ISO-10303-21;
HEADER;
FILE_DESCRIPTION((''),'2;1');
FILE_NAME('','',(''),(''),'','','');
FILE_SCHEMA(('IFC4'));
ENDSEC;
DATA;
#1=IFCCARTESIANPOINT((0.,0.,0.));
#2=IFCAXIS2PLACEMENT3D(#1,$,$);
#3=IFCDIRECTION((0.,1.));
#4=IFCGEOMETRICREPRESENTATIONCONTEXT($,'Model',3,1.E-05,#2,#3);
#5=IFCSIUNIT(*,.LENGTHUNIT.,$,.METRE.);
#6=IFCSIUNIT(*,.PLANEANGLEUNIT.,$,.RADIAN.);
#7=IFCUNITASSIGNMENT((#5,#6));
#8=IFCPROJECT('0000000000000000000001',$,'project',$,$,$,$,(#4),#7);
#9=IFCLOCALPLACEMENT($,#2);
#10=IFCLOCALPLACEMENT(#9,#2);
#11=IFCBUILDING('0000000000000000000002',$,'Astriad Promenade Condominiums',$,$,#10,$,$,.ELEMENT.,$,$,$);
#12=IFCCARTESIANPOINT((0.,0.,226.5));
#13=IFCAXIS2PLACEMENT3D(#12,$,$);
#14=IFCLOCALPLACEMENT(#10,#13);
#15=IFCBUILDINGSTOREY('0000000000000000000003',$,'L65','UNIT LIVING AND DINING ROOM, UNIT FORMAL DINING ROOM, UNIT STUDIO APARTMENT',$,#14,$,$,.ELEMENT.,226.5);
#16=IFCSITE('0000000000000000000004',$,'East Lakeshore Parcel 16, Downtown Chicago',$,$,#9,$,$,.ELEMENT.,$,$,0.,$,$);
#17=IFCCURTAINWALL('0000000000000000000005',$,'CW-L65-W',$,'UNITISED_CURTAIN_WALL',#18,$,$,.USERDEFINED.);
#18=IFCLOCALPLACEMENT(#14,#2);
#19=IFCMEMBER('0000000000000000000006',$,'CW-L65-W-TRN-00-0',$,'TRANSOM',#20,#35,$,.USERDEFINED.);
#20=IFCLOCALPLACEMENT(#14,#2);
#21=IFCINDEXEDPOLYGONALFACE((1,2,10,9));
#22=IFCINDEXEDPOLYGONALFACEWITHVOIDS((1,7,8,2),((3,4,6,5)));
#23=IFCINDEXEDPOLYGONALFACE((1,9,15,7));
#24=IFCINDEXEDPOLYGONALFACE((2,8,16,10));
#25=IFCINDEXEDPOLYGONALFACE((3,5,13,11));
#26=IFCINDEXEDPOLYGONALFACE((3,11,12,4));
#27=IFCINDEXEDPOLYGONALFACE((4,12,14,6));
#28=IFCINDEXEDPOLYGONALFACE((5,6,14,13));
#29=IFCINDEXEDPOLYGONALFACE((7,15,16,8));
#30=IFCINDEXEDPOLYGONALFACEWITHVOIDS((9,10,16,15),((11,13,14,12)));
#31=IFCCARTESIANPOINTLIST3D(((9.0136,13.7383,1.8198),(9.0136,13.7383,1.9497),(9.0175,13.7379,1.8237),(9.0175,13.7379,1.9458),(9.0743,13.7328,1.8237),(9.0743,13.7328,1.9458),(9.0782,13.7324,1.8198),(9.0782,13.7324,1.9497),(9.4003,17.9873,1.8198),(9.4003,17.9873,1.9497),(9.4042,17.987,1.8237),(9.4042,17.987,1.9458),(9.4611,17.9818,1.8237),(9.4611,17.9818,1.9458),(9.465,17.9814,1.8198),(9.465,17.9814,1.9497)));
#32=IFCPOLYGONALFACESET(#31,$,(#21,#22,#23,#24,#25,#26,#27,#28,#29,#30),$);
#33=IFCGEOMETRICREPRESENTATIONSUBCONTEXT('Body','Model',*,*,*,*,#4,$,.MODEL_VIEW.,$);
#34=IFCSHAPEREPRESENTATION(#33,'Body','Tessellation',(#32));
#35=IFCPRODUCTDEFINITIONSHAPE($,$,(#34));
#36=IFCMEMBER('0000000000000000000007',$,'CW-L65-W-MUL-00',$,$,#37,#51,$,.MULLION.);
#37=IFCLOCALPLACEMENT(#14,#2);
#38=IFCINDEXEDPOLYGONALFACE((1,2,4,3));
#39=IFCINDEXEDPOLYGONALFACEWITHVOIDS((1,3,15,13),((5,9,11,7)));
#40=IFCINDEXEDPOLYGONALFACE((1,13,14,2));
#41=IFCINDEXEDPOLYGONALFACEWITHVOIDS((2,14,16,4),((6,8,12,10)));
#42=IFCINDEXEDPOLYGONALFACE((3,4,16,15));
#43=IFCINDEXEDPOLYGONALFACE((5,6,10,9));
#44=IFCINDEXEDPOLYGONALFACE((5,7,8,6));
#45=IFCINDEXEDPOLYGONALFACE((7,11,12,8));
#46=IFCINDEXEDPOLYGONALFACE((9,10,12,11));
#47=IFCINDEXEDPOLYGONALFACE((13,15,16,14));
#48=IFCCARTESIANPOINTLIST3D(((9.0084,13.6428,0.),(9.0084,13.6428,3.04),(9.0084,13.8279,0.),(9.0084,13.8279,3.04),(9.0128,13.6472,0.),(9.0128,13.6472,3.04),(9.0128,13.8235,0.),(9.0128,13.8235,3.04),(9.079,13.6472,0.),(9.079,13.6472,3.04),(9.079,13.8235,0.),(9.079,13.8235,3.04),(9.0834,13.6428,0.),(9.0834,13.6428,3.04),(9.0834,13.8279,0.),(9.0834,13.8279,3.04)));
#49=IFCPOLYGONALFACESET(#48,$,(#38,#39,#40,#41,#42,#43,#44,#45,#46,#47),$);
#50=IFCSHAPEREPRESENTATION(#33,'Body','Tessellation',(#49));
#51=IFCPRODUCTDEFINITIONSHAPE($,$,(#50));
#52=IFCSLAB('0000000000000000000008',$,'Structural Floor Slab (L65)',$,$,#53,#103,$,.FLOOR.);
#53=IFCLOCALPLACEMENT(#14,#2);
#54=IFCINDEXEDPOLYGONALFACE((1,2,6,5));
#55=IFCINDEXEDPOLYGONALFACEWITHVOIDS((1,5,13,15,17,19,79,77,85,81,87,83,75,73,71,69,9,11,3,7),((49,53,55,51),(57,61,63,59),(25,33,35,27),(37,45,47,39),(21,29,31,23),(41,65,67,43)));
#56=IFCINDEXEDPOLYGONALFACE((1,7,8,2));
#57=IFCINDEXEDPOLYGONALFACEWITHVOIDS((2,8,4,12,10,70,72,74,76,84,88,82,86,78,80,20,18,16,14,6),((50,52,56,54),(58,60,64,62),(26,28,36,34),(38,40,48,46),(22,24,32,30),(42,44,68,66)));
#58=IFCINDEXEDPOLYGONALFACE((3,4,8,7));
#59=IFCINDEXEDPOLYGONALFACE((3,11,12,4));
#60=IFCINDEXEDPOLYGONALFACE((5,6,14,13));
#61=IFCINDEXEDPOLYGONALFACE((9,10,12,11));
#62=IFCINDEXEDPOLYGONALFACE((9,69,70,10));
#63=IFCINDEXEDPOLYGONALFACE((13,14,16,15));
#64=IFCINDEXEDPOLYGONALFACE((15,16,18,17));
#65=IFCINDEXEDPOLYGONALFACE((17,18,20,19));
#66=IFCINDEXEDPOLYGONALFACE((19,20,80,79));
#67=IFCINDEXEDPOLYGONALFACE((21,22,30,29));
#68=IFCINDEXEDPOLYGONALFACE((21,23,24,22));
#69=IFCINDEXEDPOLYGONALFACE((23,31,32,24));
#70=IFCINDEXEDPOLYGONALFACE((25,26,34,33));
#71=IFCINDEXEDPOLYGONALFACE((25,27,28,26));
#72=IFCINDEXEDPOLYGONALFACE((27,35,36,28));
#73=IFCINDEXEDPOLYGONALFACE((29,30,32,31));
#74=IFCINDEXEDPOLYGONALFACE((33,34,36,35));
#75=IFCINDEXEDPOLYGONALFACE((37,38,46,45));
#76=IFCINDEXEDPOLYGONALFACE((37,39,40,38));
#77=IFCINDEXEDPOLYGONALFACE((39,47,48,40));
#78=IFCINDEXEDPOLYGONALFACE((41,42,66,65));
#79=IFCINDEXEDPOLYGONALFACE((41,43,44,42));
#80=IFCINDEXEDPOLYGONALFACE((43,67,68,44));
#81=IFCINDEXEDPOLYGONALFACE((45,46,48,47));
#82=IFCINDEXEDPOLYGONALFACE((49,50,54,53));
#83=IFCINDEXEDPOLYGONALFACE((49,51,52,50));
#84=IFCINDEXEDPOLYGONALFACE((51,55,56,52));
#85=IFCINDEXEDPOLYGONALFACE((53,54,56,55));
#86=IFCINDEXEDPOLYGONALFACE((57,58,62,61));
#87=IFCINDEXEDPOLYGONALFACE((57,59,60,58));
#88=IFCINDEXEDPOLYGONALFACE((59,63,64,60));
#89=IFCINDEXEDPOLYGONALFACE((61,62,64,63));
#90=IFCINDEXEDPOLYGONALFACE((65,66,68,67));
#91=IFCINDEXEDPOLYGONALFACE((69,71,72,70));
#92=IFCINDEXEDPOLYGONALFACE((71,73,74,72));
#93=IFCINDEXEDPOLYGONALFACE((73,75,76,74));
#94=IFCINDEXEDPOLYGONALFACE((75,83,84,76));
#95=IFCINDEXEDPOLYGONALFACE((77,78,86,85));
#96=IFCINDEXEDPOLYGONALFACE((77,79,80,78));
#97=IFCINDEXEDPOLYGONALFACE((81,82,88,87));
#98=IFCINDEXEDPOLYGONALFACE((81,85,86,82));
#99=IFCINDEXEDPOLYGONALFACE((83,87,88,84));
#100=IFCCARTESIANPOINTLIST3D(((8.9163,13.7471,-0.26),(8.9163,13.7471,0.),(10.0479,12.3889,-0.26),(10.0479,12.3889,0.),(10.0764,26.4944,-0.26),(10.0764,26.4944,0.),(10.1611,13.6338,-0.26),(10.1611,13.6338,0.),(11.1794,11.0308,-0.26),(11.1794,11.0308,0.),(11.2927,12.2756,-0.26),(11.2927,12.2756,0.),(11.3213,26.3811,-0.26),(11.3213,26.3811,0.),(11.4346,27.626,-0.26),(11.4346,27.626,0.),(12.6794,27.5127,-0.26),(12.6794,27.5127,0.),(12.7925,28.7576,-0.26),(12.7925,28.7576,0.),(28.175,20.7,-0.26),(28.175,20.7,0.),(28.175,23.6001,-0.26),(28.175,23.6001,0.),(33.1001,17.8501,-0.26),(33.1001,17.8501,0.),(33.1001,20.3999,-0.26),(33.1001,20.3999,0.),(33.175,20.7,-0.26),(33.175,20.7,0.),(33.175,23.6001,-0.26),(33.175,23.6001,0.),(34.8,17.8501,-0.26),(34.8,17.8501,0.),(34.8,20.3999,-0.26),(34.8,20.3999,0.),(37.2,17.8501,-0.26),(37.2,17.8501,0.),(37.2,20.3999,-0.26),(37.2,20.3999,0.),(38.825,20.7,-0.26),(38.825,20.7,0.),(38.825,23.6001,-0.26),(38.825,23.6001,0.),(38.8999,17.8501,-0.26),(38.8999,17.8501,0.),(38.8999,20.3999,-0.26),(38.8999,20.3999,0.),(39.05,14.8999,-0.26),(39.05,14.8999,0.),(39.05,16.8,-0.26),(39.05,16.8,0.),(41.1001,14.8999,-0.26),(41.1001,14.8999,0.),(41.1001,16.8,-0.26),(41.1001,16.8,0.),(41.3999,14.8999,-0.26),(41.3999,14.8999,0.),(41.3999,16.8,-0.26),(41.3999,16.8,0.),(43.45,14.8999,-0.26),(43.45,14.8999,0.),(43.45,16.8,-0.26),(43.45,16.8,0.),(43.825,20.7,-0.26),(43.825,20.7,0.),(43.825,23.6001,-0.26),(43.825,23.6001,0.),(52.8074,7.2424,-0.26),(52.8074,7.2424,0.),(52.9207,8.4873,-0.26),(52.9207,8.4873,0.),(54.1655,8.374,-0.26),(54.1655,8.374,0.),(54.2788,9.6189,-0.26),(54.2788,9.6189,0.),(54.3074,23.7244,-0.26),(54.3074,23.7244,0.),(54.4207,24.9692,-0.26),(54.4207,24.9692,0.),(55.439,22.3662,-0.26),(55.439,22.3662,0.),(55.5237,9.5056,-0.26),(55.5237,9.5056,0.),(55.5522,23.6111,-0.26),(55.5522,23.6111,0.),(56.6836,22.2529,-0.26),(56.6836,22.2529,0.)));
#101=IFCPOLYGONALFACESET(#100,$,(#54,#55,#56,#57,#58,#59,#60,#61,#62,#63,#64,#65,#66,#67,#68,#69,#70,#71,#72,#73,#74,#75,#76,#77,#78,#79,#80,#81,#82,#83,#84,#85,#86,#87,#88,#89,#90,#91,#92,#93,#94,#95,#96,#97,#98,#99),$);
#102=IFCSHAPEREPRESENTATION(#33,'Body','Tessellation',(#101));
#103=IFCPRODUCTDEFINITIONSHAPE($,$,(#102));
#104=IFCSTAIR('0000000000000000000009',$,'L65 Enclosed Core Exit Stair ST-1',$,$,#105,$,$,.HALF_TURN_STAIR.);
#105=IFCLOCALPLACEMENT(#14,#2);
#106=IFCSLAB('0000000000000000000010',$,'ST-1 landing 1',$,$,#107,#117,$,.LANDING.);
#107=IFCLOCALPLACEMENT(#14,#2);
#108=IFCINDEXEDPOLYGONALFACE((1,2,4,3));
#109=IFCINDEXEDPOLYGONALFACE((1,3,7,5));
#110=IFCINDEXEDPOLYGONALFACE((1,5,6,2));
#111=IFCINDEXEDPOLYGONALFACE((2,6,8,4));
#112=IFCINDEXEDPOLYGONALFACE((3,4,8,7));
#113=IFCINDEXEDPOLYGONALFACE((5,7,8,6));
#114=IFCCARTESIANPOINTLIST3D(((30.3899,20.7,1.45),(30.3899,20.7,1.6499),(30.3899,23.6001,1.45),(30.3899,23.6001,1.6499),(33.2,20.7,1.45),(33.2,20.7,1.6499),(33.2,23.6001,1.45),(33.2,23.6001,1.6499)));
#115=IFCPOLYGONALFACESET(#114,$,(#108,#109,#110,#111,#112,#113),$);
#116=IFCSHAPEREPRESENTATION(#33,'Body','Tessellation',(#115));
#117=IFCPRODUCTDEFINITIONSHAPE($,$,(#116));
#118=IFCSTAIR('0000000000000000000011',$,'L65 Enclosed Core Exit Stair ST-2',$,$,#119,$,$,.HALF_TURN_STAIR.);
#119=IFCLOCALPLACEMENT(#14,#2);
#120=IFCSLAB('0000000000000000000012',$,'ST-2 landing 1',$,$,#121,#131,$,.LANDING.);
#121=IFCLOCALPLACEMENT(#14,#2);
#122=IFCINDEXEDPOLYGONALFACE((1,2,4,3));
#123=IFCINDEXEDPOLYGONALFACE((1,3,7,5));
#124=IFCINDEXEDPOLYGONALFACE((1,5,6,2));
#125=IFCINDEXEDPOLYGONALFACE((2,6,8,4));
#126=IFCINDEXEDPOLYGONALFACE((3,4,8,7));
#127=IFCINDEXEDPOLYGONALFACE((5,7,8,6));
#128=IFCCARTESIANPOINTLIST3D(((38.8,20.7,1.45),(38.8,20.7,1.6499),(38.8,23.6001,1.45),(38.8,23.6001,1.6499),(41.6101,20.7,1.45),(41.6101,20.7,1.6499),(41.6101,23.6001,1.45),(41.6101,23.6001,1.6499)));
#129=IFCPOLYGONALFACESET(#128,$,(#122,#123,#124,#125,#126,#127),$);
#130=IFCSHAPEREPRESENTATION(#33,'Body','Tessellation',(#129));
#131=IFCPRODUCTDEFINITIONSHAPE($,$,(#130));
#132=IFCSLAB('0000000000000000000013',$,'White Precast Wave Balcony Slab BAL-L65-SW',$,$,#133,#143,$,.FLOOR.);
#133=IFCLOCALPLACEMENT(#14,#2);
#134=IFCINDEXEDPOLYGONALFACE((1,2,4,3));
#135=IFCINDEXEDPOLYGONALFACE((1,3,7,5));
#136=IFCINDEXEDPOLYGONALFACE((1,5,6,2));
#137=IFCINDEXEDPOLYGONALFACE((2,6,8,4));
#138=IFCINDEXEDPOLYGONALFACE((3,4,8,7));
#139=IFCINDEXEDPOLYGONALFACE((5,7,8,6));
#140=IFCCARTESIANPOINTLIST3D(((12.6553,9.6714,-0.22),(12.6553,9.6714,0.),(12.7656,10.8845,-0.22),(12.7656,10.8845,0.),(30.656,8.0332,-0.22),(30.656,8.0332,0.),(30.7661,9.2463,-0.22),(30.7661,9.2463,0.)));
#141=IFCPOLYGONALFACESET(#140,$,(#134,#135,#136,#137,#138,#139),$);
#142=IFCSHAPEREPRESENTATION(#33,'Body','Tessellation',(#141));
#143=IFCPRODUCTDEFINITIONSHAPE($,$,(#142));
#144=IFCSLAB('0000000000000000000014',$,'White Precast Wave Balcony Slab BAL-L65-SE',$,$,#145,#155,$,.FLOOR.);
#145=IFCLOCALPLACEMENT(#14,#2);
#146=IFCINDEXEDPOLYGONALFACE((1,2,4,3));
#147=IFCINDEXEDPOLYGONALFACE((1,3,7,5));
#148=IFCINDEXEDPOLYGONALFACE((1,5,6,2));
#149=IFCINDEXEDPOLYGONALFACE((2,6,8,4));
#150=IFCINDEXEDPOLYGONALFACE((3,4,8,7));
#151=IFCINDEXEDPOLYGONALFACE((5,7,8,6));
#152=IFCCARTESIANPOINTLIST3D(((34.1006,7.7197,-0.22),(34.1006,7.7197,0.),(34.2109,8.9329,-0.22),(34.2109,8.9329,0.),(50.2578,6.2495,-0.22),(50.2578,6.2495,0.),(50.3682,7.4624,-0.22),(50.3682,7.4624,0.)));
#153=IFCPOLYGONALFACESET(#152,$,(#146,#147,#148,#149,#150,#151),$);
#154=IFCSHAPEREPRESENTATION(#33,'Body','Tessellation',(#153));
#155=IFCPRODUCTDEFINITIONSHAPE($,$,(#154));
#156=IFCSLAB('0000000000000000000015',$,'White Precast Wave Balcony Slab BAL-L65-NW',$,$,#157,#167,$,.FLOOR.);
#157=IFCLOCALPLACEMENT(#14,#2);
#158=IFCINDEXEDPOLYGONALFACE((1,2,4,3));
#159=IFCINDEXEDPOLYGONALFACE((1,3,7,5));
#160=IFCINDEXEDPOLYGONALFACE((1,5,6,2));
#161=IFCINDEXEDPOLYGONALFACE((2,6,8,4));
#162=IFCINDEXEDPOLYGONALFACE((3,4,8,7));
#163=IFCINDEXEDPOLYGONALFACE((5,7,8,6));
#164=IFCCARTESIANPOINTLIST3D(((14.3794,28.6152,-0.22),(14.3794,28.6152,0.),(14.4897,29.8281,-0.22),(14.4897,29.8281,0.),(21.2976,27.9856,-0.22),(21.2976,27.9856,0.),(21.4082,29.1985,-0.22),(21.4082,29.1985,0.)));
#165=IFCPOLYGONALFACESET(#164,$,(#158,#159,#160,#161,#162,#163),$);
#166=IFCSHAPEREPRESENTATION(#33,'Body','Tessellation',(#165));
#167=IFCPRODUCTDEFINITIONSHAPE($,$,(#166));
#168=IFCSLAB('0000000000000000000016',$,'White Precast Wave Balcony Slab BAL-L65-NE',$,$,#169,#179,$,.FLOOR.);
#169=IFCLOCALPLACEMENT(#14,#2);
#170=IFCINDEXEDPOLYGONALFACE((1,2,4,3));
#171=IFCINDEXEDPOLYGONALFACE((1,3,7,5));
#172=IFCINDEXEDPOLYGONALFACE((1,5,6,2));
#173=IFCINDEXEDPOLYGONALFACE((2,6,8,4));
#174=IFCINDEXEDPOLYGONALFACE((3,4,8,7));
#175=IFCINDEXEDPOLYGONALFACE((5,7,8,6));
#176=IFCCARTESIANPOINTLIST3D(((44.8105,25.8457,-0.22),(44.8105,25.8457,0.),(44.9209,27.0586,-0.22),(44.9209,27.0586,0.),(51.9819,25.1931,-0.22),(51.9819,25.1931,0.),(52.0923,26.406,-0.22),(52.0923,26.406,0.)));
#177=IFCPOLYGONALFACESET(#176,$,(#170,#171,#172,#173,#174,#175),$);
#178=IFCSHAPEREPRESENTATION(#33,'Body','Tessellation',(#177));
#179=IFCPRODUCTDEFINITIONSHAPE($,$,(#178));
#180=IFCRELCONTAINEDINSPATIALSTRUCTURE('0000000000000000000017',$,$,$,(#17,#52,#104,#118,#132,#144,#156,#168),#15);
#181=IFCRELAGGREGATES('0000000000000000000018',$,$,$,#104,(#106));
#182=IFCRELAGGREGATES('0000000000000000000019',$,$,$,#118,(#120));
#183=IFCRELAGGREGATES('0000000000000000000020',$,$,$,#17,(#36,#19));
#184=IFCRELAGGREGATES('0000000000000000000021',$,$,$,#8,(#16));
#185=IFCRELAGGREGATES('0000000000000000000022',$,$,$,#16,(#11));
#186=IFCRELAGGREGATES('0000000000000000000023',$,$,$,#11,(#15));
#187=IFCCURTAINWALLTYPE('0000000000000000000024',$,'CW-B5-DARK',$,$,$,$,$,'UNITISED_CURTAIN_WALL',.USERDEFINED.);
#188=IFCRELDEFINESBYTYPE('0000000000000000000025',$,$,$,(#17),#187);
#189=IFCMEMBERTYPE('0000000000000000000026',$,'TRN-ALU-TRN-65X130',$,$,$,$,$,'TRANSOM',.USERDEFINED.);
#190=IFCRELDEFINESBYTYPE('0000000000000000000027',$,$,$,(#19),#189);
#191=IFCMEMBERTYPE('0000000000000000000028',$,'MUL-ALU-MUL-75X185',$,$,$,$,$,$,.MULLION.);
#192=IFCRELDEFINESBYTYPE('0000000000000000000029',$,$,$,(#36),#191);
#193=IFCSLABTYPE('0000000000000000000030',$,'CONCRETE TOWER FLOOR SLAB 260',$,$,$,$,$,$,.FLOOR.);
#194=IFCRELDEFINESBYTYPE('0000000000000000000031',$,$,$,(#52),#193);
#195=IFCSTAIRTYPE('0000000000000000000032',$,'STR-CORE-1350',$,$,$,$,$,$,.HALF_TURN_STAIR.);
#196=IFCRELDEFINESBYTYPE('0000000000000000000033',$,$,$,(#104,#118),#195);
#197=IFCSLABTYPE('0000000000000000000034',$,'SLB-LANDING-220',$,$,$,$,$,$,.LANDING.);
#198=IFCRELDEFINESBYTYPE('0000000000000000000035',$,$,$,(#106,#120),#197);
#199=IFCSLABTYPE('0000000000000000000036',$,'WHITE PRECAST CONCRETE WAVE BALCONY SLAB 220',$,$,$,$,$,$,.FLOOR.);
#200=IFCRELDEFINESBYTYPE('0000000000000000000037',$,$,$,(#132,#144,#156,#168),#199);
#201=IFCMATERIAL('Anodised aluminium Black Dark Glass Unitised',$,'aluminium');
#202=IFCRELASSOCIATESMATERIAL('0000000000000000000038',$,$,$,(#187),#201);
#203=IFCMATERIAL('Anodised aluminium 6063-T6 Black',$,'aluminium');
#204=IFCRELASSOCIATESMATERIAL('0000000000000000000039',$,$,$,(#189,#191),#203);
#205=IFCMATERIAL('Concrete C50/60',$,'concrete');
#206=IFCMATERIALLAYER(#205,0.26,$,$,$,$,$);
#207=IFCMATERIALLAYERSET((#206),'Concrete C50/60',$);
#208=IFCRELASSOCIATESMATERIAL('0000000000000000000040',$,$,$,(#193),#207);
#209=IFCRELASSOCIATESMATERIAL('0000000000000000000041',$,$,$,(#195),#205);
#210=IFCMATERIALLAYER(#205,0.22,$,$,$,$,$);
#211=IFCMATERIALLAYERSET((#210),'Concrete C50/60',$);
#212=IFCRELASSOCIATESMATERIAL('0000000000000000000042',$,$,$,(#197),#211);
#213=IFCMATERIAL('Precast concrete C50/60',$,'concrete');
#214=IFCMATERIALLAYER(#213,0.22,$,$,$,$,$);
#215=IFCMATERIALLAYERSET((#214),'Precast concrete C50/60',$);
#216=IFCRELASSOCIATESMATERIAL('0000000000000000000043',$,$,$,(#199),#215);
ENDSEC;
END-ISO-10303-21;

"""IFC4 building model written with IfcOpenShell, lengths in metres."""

from ifc_helpers import new_model, si_unit, direction, frame, origin, origin_2d, place, context, subcontext, project, spatial, polyline, hollow_rectangle, outline, extrude, source, transform, mapped, material, layer, layer_set, material_profile, profile_set, type_object, type_shapes, element, aggregate, save


model = new_model("IFC4")

# Units and contexts
model_context = context("Model", 3, precision=1e-05, world=origin(), true_north=direction((0.0, 1.0)))
body_context = subcontext(model_context, "Body", "Model", "MODEL_VIEW")
ifc_project = project(units=[si_unit("LENGTHUNIT", "METRE"), si_unit("PLANEANGLEUNIT", "RADIAN")], contexts=[model_context])

# Site, building, storey
site_placement = place(None, origin())
site = spatial("IfcSite", under=ifc_project, at=site_placement, Name="East Lakeshore Parcel 16, Downtown Chicago", CompositionType="ELEMENT", RefElevation=0.0)
building_placement = place(site_placement, origin())
building = spatial("IfcBuilding", under=site, at=building_placement, Name="Astriad Promenade Condominiums", CompositionType="ELEMENT")
storey_placement = place(building_placement, frame((0.0, 0.0, 226.5)))
storey = spatial("IfcBuildingStorey", under=building, at=storey_placement, Name="L65", Description="UNIT LIVING AND DINING ROOM, UNIT FORMAL DINING ROOM, UNIT STUDIO APARTMENT", CompositionType="ELEMENT", Elevation=226.5)

# Curtain wall, members
ifc_material_1 = material(Name="Anodised aluminium Black Dark Glass Unitised", Category="aluminium")
curtain_wall_type = type_object("IfcCurtainWallType", Name="CW-B5-DARK", ElementType="UNITISED_CURTAIN_WALL", PredefinedType="USERDEFINED", material=ifc_material_1)
curtain_wall_placement = place(storey_placement, origin())
curtain_wall = element("IfcCurtainWall", 1, at=curtain_wall_placement, inside=storey, type_object=curtain_wall_type, Name="CW-L65-W", ObjectType="UNITISED_CURTAIN_WALL", PredefinedType="USERDEFINED")
ifc_material_2 = material(Name="Anodised aluminium 6063-T6 Black", Category="aluminium")
ifc_material_profile_1 = material_profile(ifc_material_2, hollow_rectangle(XDim=0.0649, YDim=0.1299, WallThickness=0.0039, at=origin_2d()), Name="ALU-TRN-65X130")
ifc_profile_set_1 = profile_set([ifc_material_profile_1], Name="Anodised aluminium 6063-T6 Black")
member_type_1 = type_object("IfcMemberType", Name="TRN-ALU-TRN-65X130", ElementType="TRANSOM", PredefinedType="USERDEFINED", material=ifc_profile_set_1)
shared_shape_1 = source(origin(), body_context, "Body", "SweptSolid", [
    extrude(hollow_rectangle(XDim=0.0649, YDim=0.1299, WallThickness=0.0039, at=origin_2d()), origin(), (0.0, 0.0, 1.0), 4.2666),
])
type_shapes(member_type_1, [shared_shape_1])
member_1_placement = place(storey_placement, frame((9.0459, 13.7354, 1.8848), z_axis=(0.090639, 0.995884, 0.0), x_axis=(-0.995884, 0.090639, 0.0)))
member_1 = element("IfcMember", 2, at=member_1_placement, type_object=member_type_1, Name="CW-L65-W-TRN-00-0", ObjectType="TRANSOM", PredefinedType="USERDEFINED", context=body_context, shape_type="MappedRepresentation", body=[
    mapped(shared_shape_1, transform((0.0, 0.0, 0.0), scale=1.0)),
])
ifc_material_profile_2 = material_profile(ifc_material_2, hollow_rectangle(XDim=0.075, YDim=0.1851, WallThickness=0.0044, at=origin_2d()), Name="ALU-MUL-75X185")
ifc_profile_set_2 = profile_set([ifc_material_profile_2], Name="Anodised aluminium 6063-T6 Black")
member_type_2 = type_object("IfcMemberType", Name="MUL-ALU-MUL-75X185", PredefinedType="MULLION", material=ifc_profile_set_2)
shared_shape_2 = source(origin(), body_context, "Body", "SweptSolid", [
    extrude(hollow_rectangle(XDim=0.075, YDim=0.1851, WallThickness=0.0044, at=origin_2d()), origin(), (0.0, 0.0, 1.0), 3.04),
])
type_shapes(member_type_2, [shared_shape_2])
member_2_placement = place(storey_placement, frame((9.0459, 13.7354, 0.0), z_axis=(0.0, 0.0, 1.0), x_axis=(1.0, 0.0, 0.0)))
member_2 = element("IfcMember", 3, at=member_2_placement, type_object=member_type_2, Name="CW-L65-W-MUL-00", PredefinedType="MULLION", context=body_context, shape_type="MappedRepresentation", body=[
    mapped(shared_shape_2, transform((0.0, 0.0, 0.0), scale=1.0)),
])

# Slab
ifc_material_3 = material(Name="Concrete C50/60", Category="concrete")
ifc_layer_1 = layer(ifc_material_3, 0.26)
ifc_layer_set_1 = layer_set([ifc_layer_1], Name="Concrete C50/60")
slab_type_1 = type_object("IfcSlabType", Name="CONCRETE TOWER FLOOR SLAB 260", PredefinedType="FLOOR", material=ifc_layer_set_1)
slab_1_placement = place(storey_placement, frame((0.0, 0.0, -0.26)))
element("IfcSlab", 4, at=slab_1_placement, inside=storey, type_object=slab_type_1, Name="Structural Floor Slab (L65)", PredefinedType="FLOOR", context=body_context, shape_type="SweptSolid", body=[
    extrude(outline(polyline([(11.1794, 11.0308), (52.8074, 7.2424), (52.9207, 8.4873), (54.1655, 8.374), (54.2788, 9.6189), (55.5237, 9.5056), (56.6836, 22.2529), (55.439, 22.3662), (55.5522, 23.6111), (54.3074, 23.7244), (54.4207, 24.9692), (12.7925, 28.7576), (12.6794, 27.5127), (11.4346, 27.626), (11.3213, 26.3811), (10.0764, 26.4944), (8.9163, 13.7471), (10.1611, 13.6338), (10.0479, 12.3889), (11.2927, 12.2756), (11.1794, 11.0308)]), holes=[polyline([(28.175, 20.7), (33.175, 20.7), (33.175, 23.6001), (28.175, 23.6001), (28.175, 20.7)]), polyline([(38.825, 20.7), (43.825, 20.7), (43.825, 23.6001), (38.825, 23.6001), (38.825, 20.7)]), polyline([(33.1001, 17.8501), (34.8, 17.8501), (34.8, 20.3999), (33.1001, 20.3999), (33.1001, 17.8501)]), polyline([(37.2, 17.8501), (38.8999, 17.8501), (38.8999, 20.3999), (37.2, 20.3999), (37.2, 17.8501)]), polyline([(39.05, 14.8999), (41.1001, 14.8999), (41.1001, 16.8), (39.05, 16.8), (39.05, 14.8999)]), polyline([(41.3999, 14.8999), (43.45, 14.8999), (43.45, 16.8), (41.3999, 16.8), (41.3999, 14.8999)])]), origin(), (0.0, 0.0, 1.0), 0.26),
])

# Stairs, slabs
stair_type = type_object("IfcStairType", Name="STR-CORE-1350", PredefinedType="HALF_TURN_STAIR", material=ifc_material_3)
stair_1_placement = place(storey_placement, origin())
stair_1 = element("IfcStair", 5, at=stair_1_placement, inside=storey, type_object=stair_type, Name="L65 Enclosed Core Exit Stair ST-1", PredefinedType="HALF_TURN_STAIR")
ifc_layer_2 = layer(ifc_material_3, 0.22)
ifc_layer_set_2 = layer_set([ifc_layer_2], Name="Concrete C50/60")
slab_type_2 = type_object("IfcSlabType", Name="SLB-LANDING-220", PredefinedType="LANDING", material=ifc_layer_set_2)
slab_2_placement = place(storey_placement, frame((0.0, 0.0, 1.45)))
slab_2 = element("IfcSlab", 6, at=slab_2_placement, type_object=slab_type_2, Name="ST-1 landing 1", PredefinedType="LANDING", context=body_context, shape_type="SweptSolid", body=[
    extrude(outline(polyline([(30.3899, 20.7), (33.2, 20.7), (33.2, 23.6001), (30.3899, 23.6001), (30.3899, 20.7)])), origin(), (0.0, 0.0, 1.0), 0.2),
])
aggregate(stair_1, [slab_2])
stair_2_placement = place(storey_placement, origin())
stair_2 = element("IfcStair", 7, at=stair_2_placement, inside=storey, type_object=stair_type, Name="L65 Enclosed Core Exit Stair ST-2", PredefinedType="HALF_TURN_STAIR")
slab_3_placement = place(storey_placement, frame((0.0, 0.0, 1.45)))
slab_3 = element("IfcSlab", 8, at=slab_3_placement, type_object=slab_type_2, Name="ST-2 landing 1", PredefinedType="LANDING", context=body_context, shape_type="SweptSolid", body=[
    extrude(outline(polyline([(41.6101, 23.6001), (38.8, 23.6001), (38.8, 20.7), (41.6101, 20.7), (41.6101, 23.6001)])), origin(), (0.0, 0.0, 1.0), 0.2),
])
aggregate(stair_2, [slab_3])

# Slabs
ifc_material_4 = material(Name="Precast concrete C50/60", Category="concrete")
ifc_layer_3 = layer(ifc_material_4, 0.22)
ifc_layer_set_3 = layer_set([ifc_layer_3], Name="Precast concrete C50/60")
slab_type_3 = type_object("IfcSlabType", Name="WHITE PRECAST CONCRETE WAVE BALCONY SLAB 220", PredefinedType="FLOOR", material=ifc_layer_set_3)
slab_4_placement = place(storey_placement, frame((0.0, 0.0, -0.22)))
element("IfcSlab", 9, at=slab_4_placement, inside=storey, type_object=slab_type_3, Name="White Precast Wave Balcony Slab BAL-L65-SW", PredefinedType="FLOOR", context=body_context, shape_type="SweptSolid", body=[
    extrude(outline(polyline([(30.656, 8.0332), (12.6553, 9.6714), (12.7656, 10.8845), (30.7661, 9.2463), (30.656, 8.0332)])), origin(), (0.0, 0.0, 1.0), 0.22),
])
slab_5_placement = place(storey_placement, frame((0.0, 0.0, -0.22)))
element("IfcSlab", 10, at=slab_5_placement, inside=storey, type_object=slab_type_3, Name="White Precast Wave Balcony Slab BAL-L65-SE", PredefinedType="FLOOR", context=body_context, shape_type="SweptSolid", body=[
    extrude(outline(polyline([(50.2578, 6.2495), (34.1006, 7.7197), (34.2109, 8.9329), (50.3682, 7.4624), (50.2578, 6.2495)])), origin(), (0.0, 0.0, 1.0), 0.22),
])
slab_6_placement = place(storey_placement, frame((0.0, 0.0, -0.22)))
element("IfcSlab", 11, at=slab_6_placement, inside=storey, type_object=slab_type_3, Name="White Precast Wave Balcony Slab BAL-L65-NW", PredefinedType="FLOOR", context=body_context, shape_type="SweptSolid", body=[
    extrude(outline(polyline([(14.4897, 29.8281), (21.4082, 29.1985), (21.2976, 27.9856), (14.3794, 28.6152), (14.4897, 29.8281)])), origin(), (0.0, 0.0, 1.0), 0.22),
])
slab_7_placement = place(storey_placement, frame((0.0, 0.0, -0.22)))
element("IfcSlab", 12, at=slab_7_placement, inside=storey, type_object=slab_type_3, Name="White Precast Wave Balcony Slab BAL-L65-NE", PredefinedType="FLOOR", context=body_context, shape_type="SweptSolid", body=[
    extrude(outline(polyline([(44.9209, 27.0586), (52.0923, 26.406), (51.9819, 25.1931), (44.8105, 25.8457), (44.9209, 27.0586)])), origin(), (0.0, 0.0, 1.0), 0.22),
])

aggregate(curtain_wall, [member_2, member_1])

save(model, "model.ifc")
